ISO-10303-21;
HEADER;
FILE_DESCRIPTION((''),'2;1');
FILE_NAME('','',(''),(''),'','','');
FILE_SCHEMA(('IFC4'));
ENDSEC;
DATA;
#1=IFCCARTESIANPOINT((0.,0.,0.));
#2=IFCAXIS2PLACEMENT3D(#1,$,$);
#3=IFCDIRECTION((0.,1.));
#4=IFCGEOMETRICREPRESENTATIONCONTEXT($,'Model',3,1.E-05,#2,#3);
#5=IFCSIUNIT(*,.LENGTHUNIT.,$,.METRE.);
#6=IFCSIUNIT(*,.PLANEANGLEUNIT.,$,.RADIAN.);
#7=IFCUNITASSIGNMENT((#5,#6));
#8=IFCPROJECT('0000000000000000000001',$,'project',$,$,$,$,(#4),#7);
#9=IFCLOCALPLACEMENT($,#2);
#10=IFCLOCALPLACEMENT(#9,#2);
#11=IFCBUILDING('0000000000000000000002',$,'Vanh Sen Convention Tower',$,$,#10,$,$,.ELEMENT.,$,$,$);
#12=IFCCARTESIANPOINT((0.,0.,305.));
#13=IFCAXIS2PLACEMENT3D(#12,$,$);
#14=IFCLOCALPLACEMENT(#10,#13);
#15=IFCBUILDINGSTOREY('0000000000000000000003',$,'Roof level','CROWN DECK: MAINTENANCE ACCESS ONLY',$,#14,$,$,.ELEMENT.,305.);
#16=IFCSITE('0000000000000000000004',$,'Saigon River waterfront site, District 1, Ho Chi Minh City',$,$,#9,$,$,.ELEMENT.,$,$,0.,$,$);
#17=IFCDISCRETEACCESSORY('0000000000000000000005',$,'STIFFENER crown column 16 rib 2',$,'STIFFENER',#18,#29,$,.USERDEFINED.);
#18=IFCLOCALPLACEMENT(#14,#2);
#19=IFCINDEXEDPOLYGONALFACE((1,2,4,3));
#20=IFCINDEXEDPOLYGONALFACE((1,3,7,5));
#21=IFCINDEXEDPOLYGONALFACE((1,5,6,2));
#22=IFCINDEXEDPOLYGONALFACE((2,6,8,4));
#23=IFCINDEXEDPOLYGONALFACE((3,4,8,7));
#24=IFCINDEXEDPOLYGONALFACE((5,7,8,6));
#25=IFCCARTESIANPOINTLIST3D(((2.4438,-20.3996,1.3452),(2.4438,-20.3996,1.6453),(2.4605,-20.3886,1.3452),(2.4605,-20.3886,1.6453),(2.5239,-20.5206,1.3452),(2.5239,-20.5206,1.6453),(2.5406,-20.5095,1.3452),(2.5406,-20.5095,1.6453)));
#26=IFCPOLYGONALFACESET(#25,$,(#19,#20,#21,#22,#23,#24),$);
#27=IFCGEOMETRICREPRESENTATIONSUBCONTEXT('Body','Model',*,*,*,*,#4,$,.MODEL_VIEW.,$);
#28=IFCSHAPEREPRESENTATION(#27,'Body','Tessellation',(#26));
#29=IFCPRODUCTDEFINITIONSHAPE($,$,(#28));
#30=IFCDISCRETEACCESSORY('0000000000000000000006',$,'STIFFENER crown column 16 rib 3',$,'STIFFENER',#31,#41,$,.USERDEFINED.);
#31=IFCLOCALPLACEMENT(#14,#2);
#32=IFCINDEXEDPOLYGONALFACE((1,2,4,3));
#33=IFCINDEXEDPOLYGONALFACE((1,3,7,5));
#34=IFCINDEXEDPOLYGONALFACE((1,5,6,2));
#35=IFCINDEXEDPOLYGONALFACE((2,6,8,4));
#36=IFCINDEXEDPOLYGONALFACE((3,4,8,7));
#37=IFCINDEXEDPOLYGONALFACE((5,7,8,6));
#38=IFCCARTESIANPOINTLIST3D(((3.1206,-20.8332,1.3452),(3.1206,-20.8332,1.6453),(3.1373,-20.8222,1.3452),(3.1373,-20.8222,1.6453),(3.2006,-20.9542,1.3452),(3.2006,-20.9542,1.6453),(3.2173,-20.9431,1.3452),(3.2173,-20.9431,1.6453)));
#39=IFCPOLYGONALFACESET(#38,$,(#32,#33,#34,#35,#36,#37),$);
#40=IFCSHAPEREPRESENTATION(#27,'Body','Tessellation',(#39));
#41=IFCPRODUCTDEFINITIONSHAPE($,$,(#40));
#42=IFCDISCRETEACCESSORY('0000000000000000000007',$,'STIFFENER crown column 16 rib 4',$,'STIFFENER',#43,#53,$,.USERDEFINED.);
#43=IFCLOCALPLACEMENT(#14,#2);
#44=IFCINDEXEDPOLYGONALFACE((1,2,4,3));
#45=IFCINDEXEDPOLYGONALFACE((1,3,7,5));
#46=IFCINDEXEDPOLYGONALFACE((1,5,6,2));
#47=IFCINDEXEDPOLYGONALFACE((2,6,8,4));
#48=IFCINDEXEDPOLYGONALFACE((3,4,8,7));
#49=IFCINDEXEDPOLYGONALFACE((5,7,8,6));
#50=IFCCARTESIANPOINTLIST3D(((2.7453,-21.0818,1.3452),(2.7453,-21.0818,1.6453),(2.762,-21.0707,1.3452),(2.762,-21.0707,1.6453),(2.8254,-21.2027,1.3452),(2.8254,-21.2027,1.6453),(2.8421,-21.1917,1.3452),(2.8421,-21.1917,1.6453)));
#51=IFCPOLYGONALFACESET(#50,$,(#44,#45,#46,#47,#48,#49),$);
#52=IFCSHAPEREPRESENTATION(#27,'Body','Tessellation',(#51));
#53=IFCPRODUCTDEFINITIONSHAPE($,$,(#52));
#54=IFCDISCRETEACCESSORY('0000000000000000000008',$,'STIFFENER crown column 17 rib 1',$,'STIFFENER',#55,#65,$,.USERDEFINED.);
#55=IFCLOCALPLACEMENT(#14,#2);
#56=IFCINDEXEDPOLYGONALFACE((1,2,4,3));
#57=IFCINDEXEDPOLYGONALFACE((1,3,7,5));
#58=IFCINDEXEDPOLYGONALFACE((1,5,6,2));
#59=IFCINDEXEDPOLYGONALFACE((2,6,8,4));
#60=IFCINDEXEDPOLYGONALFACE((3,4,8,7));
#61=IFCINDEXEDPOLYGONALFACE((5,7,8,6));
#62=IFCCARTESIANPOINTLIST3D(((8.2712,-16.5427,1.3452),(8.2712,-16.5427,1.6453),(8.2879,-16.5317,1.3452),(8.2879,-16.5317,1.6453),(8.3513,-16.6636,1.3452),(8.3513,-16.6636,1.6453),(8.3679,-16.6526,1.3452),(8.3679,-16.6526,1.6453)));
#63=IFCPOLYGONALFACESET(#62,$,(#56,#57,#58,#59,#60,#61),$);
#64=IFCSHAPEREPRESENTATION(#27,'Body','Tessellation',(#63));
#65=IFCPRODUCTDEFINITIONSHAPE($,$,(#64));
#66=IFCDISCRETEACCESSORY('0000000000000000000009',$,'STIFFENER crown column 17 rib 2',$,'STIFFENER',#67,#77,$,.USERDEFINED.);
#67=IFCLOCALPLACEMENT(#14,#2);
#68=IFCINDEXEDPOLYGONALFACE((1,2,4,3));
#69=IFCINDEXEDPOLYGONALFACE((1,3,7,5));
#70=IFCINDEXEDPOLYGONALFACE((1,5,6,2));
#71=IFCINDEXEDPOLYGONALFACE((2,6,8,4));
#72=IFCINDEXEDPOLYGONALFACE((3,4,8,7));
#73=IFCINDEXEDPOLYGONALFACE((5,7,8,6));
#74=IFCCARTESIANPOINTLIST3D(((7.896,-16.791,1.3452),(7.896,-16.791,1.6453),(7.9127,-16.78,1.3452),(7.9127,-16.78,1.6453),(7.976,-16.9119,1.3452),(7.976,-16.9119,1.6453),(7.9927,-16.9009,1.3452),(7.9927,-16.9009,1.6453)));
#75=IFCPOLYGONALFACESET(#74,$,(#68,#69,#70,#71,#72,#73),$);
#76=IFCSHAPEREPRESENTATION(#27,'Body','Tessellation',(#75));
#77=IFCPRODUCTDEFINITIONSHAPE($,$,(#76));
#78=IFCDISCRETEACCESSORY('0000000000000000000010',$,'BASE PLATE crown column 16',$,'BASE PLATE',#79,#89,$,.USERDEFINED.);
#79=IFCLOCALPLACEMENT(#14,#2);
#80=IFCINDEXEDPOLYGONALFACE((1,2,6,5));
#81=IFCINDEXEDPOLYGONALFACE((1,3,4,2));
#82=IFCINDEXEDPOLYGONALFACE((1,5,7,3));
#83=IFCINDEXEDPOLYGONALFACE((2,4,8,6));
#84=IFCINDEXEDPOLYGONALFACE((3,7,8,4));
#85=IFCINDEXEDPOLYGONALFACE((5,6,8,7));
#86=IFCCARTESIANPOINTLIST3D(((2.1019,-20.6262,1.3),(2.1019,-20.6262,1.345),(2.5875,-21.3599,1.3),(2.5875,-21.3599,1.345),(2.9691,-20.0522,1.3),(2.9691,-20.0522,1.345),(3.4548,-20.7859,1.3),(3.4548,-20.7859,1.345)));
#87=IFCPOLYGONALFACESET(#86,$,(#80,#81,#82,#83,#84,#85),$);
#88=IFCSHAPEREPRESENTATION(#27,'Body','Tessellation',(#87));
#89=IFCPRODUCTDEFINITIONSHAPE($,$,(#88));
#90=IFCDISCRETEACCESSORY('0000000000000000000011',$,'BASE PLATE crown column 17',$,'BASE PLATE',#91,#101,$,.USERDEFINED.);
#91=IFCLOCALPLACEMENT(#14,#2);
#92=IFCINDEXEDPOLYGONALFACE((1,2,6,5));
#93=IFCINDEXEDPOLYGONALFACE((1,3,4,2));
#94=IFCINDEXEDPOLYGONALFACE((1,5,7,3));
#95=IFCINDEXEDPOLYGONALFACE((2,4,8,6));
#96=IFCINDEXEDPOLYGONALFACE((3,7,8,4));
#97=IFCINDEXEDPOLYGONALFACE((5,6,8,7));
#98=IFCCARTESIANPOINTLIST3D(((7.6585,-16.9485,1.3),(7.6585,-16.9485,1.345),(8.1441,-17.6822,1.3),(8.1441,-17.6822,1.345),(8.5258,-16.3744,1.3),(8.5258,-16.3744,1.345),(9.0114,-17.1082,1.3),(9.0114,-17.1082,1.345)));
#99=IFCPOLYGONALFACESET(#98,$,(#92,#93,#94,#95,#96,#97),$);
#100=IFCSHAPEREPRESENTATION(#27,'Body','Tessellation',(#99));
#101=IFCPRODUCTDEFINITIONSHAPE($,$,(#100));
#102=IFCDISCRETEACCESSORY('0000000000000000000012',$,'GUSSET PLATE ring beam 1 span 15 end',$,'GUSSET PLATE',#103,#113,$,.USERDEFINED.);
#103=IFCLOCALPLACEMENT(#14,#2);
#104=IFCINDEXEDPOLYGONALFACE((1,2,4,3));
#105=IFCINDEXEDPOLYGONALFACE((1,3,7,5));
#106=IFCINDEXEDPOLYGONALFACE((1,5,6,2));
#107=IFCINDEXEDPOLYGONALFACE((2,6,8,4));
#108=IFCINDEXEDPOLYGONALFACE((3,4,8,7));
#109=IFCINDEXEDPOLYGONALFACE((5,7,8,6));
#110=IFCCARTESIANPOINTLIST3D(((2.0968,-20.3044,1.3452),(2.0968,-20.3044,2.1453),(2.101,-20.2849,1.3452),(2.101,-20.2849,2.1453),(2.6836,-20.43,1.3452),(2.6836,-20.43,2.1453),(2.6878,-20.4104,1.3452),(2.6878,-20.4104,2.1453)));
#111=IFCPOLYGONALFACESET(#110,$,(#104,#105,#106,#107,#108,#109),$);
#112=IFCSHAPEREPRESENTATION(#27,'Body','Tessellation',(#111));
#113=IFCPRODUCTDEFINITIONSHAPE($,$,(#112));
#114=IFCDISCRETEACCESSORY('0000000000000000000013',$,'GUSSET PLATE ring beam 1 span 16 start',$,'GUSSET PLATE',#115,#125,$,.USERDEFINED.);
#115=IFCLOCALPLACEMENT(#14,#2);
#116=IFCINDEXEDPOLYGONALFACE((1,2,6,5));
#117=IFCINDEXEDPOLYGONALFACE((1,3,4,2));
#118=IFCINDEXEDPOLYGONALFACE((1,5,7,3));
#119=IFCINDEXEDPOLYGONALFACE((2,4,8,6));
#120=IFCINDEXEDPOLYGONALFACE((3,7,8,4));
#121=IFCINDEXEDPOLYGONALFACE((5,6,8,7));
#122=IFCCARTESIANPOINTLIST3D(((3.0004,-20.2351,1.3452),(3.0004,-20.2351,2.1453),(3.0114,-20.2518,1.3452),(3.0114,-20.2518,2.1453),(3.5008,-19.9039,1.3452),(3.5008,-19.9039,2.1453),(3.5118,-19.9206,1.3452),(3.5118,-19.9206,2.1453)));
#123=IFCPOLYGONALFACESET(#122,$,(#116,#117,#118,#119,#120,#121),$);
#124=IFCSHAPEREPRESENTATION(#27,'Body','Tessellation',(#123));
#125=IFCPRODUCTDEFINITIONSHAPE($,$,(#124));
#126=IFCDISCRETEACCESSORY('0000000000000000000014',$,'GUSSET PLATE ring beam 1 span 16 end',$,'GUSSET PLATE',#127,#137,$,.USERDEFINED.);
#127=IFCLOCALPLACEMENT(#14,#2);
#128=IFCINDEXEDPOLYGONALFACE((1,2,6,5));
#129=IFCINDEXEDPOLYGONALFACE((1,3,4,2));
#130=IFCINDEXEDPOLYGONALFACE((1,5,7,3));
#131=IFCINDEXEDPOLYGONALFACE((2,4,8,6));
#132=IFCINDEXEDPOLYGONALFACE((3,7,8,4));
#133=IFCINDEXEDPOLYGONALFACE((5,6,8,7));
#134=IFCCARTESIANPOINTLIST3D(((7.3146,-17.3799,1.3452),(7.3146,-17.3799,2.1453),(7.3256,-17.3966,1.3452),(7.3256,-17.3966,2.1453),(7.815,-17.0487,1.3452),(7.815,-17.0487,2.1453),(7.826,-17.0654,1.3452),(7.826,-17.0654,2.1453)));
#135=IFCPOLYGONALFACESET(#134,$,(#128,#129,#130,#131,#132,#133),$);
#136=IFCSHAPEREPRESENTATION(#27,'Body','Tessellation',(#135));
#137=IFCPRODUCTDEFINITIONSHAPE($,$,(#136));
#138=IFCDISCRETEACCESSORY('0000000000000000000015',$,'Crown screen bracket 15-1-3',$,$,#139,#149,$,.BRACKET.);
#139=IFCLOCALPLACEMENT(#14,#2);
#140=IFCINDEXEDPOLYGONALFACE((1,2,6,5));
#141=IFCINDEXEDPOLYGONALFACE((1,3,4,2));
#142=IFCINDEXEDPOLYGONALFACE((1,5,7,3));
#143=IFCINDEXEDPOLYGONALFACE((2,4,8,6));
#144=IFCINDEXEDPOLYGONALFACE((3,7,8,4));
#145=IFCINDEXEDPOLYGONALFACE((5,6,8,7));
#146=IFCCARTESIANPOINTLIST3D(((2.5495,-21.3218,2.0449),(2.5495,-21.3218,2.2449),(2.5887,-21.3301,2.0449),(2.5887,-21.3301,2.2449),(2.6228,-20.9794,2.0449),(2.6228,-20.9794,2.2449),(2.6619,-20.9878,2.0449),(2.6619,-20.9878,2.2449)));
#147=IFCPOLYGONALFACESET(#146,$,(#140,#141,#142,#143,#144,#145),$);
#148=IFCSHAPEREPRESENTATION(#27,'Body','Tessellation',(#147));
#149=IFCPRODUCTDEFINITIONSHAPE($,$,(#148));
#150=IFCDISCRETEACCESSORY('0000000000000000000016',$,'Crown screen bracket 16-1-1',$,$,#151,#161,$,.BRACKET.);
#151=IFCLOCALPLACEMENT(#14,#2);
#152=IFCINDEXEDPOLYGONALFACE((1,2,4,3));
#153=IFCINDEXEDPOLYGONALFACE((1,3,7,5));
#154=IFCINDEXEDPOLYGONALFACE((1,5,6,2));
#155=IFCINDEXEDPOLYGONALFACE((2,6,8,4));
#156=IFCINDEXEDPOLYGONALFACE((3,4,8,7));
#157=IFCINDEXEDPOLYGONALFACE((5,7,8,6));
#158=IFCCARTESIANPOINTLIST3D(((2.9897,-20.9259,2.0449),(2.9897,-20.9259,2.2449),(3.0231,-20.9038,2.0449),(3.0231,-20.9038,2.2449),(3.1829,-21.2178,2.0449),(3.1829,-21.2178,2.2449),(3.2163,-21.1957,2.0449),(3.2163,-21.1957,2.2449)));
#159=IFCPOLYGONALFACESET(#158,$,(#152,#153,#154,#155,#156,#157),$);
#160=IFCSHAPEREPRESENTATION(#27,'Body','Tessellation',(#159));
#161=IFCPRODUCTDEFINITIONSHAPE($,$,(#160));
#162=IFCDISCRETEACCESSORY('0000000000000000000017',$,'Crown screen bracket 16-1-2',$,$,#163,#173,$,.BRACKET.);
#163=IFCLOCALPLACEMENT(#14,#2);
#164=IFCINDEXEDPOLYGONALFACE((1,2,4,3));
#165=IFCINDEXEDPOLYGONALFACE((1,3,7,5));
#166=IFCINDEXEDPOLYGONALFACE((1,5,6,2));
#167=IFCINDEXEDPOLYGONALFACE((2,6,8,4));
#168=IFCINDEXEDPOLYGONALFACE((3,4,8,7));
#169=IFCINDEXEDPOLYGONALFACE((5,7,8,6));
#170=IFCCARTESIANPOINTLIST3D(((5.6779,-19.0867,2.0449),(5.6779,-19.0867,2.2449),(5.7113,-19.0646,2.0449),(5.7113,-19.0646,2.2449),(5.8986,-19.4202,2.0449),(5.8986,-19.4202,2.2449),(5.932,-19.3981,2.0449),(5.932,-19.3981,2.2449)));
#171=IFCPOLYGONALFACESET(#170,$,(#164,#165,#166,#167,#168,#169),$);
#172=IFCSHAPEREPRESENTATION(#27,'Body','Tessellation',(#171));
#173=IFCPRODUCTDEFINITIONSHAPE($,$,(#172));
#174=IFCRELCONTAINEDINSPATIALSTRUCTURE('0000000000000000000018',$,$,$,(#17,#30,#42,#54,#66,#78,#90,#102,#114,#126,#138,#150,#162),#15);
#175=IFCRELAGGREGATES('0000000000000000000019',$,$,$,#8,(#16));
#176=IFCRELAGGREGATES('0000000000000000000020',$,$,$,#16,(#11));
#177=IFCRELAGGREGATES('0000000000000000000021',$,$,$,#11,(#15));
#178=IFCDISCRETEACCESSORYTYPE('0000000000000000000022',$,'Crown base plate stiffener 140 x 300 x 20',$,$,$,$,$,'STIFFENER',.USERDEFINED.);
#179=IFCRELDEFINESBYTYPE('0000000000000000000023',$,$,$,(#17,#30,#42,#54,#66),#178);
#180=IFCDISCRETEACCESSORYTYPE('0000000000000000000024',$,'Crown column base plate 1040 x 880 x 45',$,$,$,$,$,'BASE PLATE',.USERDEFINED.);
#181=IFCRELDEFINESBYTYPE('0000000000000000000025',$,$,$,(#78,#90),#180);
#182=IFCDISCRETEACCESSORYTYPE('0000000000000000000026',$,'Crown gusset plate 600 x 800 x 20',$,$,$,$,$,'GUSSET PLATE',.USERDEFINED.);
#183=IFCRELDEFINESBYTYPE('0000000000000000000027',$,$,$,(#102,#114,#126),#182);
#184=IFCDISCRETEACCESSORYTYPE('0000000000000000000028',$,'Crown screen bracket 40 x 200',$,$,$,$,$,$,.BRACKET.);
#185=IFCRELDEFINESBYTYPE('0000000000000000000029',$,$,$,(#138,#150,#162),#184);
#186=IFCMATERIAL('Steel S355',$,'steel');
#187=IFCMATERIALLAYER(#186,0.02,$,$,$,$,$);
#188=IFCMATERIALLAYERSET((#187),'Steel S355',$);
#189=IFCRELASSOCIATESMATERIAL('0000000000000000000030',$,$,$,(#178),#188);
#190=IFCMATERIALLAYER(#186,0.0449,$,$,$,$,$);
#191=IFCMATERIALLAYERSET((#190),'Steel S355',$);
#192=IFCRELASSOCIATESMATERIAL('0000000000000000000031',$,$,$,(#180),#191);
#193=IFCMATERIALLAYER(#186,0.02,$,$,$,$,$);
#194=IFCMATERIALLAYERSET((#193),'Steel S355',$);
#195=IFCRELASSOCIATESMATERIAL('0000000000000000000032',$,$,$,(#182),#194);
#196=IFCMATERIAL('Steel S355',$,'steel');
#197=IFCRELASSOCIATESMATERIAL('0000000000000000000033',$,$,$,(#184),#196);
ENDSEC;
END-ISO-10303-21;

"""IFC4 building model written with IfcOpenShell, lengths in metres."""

from ifc_helpers import new_model, si_unit, direction, frame, origin, origin_2d, place, context, subcontext, project, spatial, rectangle, extrude, material, layer, layer_set, type_object, element, save


model = new_model("IFC4")

# Units and contexts
model_context = context("Model", 3, precision=1e-05, world=origin(), true_north=direction((0.0, 1.0)))
body_context = subcontext(model_context, "Body", "Model", "MODEL_VIEW")
ifc_project = project(units=[si_unit("LENGTHUNIT", "METRE"), si_unit("PLANEANGLEUNIT", "RADIAN")], contexts=[model_context])

# Site, building, storey
site_placement = place(None, origin())
site = spatial("IfcSite", under=ifc_project, at=site_placement, Name="Saigon River waterfront site, District 1, Ho Chi Minh City", CompositionType="ELEMENT", RefElevation=0.0)
building_placement = place(site_placement, origin())
building = spatial("IfcBuilding", under=site, at=building_placement, Name="Vanh Sen Convention Tower", CompositionType="ELEMENT")
storey_placement = place(building_placement, frame((0.0, 0.0, 305.0)))
storey = spatial("IfcBuildingStorey", under=building, at=storey_placement, Name="Roof level", Description="CROWN DECK: MAINTENANCE ACCESS ONLY", CompositionType="ELEMENT", Elevation=305.0)

# Discrete accessories
ifc_material_1 = material(Name="Steel S355", Category="steel")
ifc_layer_1 = layer(ifc_material_1, 0.02)
ifc_layer_set_1 = layer_set([ifc_layer_1], Name="Steel S355")
discrete_accessory_type_1 = type_object("IfcDiscreteAccessoryType", Name="Crown base plate stiffener 140 x 300 x 20", ElementType="STIFFENER", PredefinedType="USERDEFINED", material=ifc_layer_set_1)
for number, where, z_axis, x_axis, name in (
    (1, (2.4922, -20.4546, 1.3452), (0.0, 0.0, 1.0), (-0.551937, 0.833886, 0.0), "STIFFENER crown column 16 rib 2"),
    (2, (3.1689, -20.8882, 1.3452), (0.0, 0.0, 1.0), (-0.551937, 0.833886, 0.0), "STIFFENER crown column 16 rib 3"),
    (3, (2.7937, -21.1367, 1.3452), (0.0, 0.0, 1.0), (-0.551937, 0.833886, 0.0), "STIFFENER crown column 16 rib 4"),
    (4, (8.3196, -16.5977, 1.3452), (0.0, 0.0, 1.0), (-0.551937, 0.833886, 0.0), "STIFFENER crown column 17 rib 1"),
    (5, (7.9443, -16.8459, 1.3452), (0.0, 0.0, 1.0), (-0.551937, 0.833886, 0.0), "STIFFENER crown column 17 rib 2"),
):
    element("IfcDiscreteAccessory", number, at=place(storey_placement, frame(where, z_axis=z_axis, x_axis=x_axis)), inside=storey, type_object=discrete_accessory_type_1, Name=name, ObjectType="STIFFENER", PredefinedType="USERDEFINED", context=body_context, shape_type="SweptSolid", body=[
        extrude(rectangle(XDim=0.145, YDim=0.02, at=origin_2d()), origin(), (0.0, 0.0, 1.0), 0.3),
    ])
ifc_layer_2 = layer(ifc_material_1, 0.0449)
ifc_layer_set_2 = layer_set([ifc_layer_2], Name="Steel S355")
discrete_accessory_type_2 = type_object("IfcDiscreteAccessoryType", Name="Crown column base plate 1040 x 880 x 45", ElementType="BASE PLATE", PredefinedType="USERDEFINED", material=ifc_layer_set_2)
for number, where, z_axis, x_axis, name in (
    (6, (2.7783, -20.7061, 1.3), (0.0, 0.0, 1.0), (0.833886, 0.551937, 0.0), "BASE PLATE crown column 16"),
    (7, (8.335, -17.0283, 1.3), (0.0, 0.0, 1.0), (0.833886, 0.551937, 0.0), "BASE PLATE crown column 17"),
):
    element("IfcDiscreteAccessory", number, at=place(storey_placement, frame(where, z_axis=z_axis, x_axis=x_axis)), inside=storey, type_object=discrete_accessory_type_2, Name=name, ObjectType="BASE PLATE", PredefinedType="USERDEFINED", context=body_context, shape_type="SweptSolid", body=[
        extrude(rectangle(XDim=1.04, YDim=0.8799, at=origin_2d()), origin(), (0.0, 0.0, 1.0), 0.0449),
    ])
ifc_layer_3 = layer(ifc_material_1, 0.02)
ifc_layer_set_3 = layer_set([ifc_layer_3], Name="Steel S355")
discrete_accessory_type_3 = type_object("IfcDiscreteAccessoryType", Name="Crown gusset plate 600 x 800 x 20", ElementType="GUSSET PLATE", PredefinedType="USERDEFINED", material=ifc_layer_set_3)
for number, where, z_axis, x_axis, name in (
    (8, (2.3923, -20.3574, 1.3452), (0.0, 0.0, 1.0), (-0.977865, 0.209236, 0.0), "GUSSET PLATE ring beam 1 span 15 end"),
    (9, (3.2561, -20.0779, 1.3452), (0.0, 0.0, 1.0), (0.833891, 0.55193, 0.0), "GUSSET PLATE ring beam 1 span 16 start"),
    (10, (7.5703, -17.2227, 1.3452), (0.0, 0.0, 1.0), (-0.833891, -0.55193, 0.0), "GUSSET PLATE ring beam 1 span 16 end"),
):
    element("IfcDiscreteAccessory", number, at=place(storey_placement, frame(where, z_axis=z_axis, x_axis=x_axis)), inside=storey, type_object=discrete_accessory_type_3, Name=name, ObjectType="GUSSET PLATE", PredefinedType="USERDEFINED", context=body_context, shape_type="SweptSolid", body=[
        extrude(rectangle(XDim=0.6001, YDim=0.02, at=origin_2d()), origin(), (0.0, 0.0, 1.0), 0.8),
    ])
ifc_material_2 = material(Name="Steel S355", Category="steel")
discrete_accessory_type_4 = type_object("IfcDiscreteAccessoryType", Name="Crown screen bracket 40 x 200", PredefinedType="BRACKET", material=ifc_material_2)
for number, where, z_axis, x_axis, name in (
    (11, (2.6057, -21.1548, 2.0449), (0.0, 0.0, 1.0), (-0.209236, -0.977865, 0.0), "Crown screen bracket 15-1-3"),
    (12, (3.103, -21.0608, 2.0449), (0.0, 0.0, 1.0), (0.55193, -0.833891, 0.0), "Crown screen bracket 16-1-1"),
):
    element("IfcDiscreteAccessory", number, at=place(storey_placement, frame(where, z_axis=z_axis, x_axis=x_axis)), inside=storey, type_object=discrete_accessory_type_4, Name=name, PredefinedType="BRACKET", context=body_context, shape_type="SweptSolid", body=[
        extrude(rectangle(XDim=0.3501, YDim=0.04, at=origin_2d()), origin(), (0.0, 0.0, 1.0), 0.2),
    ])
discrete_accessory_placement = place(storey_placement, frame((5.8049, -19.2424, 2.0449), z_axis=(0.0, 0.0, 1.0), x_axis=(0.55193, -0.833891, 0.0)))
element("IfcDiscreteAccessory", 13, at=discrete_accessory_placement, inside=storey, type_object=discrete_accessory_type_4, Name="Crown screen bracket 16-1-2", PredefinedType="BRACKET", context=body_context, shape_type="SweptSolid", body=[
    extrude(rectangle(XDim=0.3999, YDim=0.04, at=origin_2d()), origin(), (0.0, 0.0, 1.0), 0.2),
])

save(model, "model.ifc")
